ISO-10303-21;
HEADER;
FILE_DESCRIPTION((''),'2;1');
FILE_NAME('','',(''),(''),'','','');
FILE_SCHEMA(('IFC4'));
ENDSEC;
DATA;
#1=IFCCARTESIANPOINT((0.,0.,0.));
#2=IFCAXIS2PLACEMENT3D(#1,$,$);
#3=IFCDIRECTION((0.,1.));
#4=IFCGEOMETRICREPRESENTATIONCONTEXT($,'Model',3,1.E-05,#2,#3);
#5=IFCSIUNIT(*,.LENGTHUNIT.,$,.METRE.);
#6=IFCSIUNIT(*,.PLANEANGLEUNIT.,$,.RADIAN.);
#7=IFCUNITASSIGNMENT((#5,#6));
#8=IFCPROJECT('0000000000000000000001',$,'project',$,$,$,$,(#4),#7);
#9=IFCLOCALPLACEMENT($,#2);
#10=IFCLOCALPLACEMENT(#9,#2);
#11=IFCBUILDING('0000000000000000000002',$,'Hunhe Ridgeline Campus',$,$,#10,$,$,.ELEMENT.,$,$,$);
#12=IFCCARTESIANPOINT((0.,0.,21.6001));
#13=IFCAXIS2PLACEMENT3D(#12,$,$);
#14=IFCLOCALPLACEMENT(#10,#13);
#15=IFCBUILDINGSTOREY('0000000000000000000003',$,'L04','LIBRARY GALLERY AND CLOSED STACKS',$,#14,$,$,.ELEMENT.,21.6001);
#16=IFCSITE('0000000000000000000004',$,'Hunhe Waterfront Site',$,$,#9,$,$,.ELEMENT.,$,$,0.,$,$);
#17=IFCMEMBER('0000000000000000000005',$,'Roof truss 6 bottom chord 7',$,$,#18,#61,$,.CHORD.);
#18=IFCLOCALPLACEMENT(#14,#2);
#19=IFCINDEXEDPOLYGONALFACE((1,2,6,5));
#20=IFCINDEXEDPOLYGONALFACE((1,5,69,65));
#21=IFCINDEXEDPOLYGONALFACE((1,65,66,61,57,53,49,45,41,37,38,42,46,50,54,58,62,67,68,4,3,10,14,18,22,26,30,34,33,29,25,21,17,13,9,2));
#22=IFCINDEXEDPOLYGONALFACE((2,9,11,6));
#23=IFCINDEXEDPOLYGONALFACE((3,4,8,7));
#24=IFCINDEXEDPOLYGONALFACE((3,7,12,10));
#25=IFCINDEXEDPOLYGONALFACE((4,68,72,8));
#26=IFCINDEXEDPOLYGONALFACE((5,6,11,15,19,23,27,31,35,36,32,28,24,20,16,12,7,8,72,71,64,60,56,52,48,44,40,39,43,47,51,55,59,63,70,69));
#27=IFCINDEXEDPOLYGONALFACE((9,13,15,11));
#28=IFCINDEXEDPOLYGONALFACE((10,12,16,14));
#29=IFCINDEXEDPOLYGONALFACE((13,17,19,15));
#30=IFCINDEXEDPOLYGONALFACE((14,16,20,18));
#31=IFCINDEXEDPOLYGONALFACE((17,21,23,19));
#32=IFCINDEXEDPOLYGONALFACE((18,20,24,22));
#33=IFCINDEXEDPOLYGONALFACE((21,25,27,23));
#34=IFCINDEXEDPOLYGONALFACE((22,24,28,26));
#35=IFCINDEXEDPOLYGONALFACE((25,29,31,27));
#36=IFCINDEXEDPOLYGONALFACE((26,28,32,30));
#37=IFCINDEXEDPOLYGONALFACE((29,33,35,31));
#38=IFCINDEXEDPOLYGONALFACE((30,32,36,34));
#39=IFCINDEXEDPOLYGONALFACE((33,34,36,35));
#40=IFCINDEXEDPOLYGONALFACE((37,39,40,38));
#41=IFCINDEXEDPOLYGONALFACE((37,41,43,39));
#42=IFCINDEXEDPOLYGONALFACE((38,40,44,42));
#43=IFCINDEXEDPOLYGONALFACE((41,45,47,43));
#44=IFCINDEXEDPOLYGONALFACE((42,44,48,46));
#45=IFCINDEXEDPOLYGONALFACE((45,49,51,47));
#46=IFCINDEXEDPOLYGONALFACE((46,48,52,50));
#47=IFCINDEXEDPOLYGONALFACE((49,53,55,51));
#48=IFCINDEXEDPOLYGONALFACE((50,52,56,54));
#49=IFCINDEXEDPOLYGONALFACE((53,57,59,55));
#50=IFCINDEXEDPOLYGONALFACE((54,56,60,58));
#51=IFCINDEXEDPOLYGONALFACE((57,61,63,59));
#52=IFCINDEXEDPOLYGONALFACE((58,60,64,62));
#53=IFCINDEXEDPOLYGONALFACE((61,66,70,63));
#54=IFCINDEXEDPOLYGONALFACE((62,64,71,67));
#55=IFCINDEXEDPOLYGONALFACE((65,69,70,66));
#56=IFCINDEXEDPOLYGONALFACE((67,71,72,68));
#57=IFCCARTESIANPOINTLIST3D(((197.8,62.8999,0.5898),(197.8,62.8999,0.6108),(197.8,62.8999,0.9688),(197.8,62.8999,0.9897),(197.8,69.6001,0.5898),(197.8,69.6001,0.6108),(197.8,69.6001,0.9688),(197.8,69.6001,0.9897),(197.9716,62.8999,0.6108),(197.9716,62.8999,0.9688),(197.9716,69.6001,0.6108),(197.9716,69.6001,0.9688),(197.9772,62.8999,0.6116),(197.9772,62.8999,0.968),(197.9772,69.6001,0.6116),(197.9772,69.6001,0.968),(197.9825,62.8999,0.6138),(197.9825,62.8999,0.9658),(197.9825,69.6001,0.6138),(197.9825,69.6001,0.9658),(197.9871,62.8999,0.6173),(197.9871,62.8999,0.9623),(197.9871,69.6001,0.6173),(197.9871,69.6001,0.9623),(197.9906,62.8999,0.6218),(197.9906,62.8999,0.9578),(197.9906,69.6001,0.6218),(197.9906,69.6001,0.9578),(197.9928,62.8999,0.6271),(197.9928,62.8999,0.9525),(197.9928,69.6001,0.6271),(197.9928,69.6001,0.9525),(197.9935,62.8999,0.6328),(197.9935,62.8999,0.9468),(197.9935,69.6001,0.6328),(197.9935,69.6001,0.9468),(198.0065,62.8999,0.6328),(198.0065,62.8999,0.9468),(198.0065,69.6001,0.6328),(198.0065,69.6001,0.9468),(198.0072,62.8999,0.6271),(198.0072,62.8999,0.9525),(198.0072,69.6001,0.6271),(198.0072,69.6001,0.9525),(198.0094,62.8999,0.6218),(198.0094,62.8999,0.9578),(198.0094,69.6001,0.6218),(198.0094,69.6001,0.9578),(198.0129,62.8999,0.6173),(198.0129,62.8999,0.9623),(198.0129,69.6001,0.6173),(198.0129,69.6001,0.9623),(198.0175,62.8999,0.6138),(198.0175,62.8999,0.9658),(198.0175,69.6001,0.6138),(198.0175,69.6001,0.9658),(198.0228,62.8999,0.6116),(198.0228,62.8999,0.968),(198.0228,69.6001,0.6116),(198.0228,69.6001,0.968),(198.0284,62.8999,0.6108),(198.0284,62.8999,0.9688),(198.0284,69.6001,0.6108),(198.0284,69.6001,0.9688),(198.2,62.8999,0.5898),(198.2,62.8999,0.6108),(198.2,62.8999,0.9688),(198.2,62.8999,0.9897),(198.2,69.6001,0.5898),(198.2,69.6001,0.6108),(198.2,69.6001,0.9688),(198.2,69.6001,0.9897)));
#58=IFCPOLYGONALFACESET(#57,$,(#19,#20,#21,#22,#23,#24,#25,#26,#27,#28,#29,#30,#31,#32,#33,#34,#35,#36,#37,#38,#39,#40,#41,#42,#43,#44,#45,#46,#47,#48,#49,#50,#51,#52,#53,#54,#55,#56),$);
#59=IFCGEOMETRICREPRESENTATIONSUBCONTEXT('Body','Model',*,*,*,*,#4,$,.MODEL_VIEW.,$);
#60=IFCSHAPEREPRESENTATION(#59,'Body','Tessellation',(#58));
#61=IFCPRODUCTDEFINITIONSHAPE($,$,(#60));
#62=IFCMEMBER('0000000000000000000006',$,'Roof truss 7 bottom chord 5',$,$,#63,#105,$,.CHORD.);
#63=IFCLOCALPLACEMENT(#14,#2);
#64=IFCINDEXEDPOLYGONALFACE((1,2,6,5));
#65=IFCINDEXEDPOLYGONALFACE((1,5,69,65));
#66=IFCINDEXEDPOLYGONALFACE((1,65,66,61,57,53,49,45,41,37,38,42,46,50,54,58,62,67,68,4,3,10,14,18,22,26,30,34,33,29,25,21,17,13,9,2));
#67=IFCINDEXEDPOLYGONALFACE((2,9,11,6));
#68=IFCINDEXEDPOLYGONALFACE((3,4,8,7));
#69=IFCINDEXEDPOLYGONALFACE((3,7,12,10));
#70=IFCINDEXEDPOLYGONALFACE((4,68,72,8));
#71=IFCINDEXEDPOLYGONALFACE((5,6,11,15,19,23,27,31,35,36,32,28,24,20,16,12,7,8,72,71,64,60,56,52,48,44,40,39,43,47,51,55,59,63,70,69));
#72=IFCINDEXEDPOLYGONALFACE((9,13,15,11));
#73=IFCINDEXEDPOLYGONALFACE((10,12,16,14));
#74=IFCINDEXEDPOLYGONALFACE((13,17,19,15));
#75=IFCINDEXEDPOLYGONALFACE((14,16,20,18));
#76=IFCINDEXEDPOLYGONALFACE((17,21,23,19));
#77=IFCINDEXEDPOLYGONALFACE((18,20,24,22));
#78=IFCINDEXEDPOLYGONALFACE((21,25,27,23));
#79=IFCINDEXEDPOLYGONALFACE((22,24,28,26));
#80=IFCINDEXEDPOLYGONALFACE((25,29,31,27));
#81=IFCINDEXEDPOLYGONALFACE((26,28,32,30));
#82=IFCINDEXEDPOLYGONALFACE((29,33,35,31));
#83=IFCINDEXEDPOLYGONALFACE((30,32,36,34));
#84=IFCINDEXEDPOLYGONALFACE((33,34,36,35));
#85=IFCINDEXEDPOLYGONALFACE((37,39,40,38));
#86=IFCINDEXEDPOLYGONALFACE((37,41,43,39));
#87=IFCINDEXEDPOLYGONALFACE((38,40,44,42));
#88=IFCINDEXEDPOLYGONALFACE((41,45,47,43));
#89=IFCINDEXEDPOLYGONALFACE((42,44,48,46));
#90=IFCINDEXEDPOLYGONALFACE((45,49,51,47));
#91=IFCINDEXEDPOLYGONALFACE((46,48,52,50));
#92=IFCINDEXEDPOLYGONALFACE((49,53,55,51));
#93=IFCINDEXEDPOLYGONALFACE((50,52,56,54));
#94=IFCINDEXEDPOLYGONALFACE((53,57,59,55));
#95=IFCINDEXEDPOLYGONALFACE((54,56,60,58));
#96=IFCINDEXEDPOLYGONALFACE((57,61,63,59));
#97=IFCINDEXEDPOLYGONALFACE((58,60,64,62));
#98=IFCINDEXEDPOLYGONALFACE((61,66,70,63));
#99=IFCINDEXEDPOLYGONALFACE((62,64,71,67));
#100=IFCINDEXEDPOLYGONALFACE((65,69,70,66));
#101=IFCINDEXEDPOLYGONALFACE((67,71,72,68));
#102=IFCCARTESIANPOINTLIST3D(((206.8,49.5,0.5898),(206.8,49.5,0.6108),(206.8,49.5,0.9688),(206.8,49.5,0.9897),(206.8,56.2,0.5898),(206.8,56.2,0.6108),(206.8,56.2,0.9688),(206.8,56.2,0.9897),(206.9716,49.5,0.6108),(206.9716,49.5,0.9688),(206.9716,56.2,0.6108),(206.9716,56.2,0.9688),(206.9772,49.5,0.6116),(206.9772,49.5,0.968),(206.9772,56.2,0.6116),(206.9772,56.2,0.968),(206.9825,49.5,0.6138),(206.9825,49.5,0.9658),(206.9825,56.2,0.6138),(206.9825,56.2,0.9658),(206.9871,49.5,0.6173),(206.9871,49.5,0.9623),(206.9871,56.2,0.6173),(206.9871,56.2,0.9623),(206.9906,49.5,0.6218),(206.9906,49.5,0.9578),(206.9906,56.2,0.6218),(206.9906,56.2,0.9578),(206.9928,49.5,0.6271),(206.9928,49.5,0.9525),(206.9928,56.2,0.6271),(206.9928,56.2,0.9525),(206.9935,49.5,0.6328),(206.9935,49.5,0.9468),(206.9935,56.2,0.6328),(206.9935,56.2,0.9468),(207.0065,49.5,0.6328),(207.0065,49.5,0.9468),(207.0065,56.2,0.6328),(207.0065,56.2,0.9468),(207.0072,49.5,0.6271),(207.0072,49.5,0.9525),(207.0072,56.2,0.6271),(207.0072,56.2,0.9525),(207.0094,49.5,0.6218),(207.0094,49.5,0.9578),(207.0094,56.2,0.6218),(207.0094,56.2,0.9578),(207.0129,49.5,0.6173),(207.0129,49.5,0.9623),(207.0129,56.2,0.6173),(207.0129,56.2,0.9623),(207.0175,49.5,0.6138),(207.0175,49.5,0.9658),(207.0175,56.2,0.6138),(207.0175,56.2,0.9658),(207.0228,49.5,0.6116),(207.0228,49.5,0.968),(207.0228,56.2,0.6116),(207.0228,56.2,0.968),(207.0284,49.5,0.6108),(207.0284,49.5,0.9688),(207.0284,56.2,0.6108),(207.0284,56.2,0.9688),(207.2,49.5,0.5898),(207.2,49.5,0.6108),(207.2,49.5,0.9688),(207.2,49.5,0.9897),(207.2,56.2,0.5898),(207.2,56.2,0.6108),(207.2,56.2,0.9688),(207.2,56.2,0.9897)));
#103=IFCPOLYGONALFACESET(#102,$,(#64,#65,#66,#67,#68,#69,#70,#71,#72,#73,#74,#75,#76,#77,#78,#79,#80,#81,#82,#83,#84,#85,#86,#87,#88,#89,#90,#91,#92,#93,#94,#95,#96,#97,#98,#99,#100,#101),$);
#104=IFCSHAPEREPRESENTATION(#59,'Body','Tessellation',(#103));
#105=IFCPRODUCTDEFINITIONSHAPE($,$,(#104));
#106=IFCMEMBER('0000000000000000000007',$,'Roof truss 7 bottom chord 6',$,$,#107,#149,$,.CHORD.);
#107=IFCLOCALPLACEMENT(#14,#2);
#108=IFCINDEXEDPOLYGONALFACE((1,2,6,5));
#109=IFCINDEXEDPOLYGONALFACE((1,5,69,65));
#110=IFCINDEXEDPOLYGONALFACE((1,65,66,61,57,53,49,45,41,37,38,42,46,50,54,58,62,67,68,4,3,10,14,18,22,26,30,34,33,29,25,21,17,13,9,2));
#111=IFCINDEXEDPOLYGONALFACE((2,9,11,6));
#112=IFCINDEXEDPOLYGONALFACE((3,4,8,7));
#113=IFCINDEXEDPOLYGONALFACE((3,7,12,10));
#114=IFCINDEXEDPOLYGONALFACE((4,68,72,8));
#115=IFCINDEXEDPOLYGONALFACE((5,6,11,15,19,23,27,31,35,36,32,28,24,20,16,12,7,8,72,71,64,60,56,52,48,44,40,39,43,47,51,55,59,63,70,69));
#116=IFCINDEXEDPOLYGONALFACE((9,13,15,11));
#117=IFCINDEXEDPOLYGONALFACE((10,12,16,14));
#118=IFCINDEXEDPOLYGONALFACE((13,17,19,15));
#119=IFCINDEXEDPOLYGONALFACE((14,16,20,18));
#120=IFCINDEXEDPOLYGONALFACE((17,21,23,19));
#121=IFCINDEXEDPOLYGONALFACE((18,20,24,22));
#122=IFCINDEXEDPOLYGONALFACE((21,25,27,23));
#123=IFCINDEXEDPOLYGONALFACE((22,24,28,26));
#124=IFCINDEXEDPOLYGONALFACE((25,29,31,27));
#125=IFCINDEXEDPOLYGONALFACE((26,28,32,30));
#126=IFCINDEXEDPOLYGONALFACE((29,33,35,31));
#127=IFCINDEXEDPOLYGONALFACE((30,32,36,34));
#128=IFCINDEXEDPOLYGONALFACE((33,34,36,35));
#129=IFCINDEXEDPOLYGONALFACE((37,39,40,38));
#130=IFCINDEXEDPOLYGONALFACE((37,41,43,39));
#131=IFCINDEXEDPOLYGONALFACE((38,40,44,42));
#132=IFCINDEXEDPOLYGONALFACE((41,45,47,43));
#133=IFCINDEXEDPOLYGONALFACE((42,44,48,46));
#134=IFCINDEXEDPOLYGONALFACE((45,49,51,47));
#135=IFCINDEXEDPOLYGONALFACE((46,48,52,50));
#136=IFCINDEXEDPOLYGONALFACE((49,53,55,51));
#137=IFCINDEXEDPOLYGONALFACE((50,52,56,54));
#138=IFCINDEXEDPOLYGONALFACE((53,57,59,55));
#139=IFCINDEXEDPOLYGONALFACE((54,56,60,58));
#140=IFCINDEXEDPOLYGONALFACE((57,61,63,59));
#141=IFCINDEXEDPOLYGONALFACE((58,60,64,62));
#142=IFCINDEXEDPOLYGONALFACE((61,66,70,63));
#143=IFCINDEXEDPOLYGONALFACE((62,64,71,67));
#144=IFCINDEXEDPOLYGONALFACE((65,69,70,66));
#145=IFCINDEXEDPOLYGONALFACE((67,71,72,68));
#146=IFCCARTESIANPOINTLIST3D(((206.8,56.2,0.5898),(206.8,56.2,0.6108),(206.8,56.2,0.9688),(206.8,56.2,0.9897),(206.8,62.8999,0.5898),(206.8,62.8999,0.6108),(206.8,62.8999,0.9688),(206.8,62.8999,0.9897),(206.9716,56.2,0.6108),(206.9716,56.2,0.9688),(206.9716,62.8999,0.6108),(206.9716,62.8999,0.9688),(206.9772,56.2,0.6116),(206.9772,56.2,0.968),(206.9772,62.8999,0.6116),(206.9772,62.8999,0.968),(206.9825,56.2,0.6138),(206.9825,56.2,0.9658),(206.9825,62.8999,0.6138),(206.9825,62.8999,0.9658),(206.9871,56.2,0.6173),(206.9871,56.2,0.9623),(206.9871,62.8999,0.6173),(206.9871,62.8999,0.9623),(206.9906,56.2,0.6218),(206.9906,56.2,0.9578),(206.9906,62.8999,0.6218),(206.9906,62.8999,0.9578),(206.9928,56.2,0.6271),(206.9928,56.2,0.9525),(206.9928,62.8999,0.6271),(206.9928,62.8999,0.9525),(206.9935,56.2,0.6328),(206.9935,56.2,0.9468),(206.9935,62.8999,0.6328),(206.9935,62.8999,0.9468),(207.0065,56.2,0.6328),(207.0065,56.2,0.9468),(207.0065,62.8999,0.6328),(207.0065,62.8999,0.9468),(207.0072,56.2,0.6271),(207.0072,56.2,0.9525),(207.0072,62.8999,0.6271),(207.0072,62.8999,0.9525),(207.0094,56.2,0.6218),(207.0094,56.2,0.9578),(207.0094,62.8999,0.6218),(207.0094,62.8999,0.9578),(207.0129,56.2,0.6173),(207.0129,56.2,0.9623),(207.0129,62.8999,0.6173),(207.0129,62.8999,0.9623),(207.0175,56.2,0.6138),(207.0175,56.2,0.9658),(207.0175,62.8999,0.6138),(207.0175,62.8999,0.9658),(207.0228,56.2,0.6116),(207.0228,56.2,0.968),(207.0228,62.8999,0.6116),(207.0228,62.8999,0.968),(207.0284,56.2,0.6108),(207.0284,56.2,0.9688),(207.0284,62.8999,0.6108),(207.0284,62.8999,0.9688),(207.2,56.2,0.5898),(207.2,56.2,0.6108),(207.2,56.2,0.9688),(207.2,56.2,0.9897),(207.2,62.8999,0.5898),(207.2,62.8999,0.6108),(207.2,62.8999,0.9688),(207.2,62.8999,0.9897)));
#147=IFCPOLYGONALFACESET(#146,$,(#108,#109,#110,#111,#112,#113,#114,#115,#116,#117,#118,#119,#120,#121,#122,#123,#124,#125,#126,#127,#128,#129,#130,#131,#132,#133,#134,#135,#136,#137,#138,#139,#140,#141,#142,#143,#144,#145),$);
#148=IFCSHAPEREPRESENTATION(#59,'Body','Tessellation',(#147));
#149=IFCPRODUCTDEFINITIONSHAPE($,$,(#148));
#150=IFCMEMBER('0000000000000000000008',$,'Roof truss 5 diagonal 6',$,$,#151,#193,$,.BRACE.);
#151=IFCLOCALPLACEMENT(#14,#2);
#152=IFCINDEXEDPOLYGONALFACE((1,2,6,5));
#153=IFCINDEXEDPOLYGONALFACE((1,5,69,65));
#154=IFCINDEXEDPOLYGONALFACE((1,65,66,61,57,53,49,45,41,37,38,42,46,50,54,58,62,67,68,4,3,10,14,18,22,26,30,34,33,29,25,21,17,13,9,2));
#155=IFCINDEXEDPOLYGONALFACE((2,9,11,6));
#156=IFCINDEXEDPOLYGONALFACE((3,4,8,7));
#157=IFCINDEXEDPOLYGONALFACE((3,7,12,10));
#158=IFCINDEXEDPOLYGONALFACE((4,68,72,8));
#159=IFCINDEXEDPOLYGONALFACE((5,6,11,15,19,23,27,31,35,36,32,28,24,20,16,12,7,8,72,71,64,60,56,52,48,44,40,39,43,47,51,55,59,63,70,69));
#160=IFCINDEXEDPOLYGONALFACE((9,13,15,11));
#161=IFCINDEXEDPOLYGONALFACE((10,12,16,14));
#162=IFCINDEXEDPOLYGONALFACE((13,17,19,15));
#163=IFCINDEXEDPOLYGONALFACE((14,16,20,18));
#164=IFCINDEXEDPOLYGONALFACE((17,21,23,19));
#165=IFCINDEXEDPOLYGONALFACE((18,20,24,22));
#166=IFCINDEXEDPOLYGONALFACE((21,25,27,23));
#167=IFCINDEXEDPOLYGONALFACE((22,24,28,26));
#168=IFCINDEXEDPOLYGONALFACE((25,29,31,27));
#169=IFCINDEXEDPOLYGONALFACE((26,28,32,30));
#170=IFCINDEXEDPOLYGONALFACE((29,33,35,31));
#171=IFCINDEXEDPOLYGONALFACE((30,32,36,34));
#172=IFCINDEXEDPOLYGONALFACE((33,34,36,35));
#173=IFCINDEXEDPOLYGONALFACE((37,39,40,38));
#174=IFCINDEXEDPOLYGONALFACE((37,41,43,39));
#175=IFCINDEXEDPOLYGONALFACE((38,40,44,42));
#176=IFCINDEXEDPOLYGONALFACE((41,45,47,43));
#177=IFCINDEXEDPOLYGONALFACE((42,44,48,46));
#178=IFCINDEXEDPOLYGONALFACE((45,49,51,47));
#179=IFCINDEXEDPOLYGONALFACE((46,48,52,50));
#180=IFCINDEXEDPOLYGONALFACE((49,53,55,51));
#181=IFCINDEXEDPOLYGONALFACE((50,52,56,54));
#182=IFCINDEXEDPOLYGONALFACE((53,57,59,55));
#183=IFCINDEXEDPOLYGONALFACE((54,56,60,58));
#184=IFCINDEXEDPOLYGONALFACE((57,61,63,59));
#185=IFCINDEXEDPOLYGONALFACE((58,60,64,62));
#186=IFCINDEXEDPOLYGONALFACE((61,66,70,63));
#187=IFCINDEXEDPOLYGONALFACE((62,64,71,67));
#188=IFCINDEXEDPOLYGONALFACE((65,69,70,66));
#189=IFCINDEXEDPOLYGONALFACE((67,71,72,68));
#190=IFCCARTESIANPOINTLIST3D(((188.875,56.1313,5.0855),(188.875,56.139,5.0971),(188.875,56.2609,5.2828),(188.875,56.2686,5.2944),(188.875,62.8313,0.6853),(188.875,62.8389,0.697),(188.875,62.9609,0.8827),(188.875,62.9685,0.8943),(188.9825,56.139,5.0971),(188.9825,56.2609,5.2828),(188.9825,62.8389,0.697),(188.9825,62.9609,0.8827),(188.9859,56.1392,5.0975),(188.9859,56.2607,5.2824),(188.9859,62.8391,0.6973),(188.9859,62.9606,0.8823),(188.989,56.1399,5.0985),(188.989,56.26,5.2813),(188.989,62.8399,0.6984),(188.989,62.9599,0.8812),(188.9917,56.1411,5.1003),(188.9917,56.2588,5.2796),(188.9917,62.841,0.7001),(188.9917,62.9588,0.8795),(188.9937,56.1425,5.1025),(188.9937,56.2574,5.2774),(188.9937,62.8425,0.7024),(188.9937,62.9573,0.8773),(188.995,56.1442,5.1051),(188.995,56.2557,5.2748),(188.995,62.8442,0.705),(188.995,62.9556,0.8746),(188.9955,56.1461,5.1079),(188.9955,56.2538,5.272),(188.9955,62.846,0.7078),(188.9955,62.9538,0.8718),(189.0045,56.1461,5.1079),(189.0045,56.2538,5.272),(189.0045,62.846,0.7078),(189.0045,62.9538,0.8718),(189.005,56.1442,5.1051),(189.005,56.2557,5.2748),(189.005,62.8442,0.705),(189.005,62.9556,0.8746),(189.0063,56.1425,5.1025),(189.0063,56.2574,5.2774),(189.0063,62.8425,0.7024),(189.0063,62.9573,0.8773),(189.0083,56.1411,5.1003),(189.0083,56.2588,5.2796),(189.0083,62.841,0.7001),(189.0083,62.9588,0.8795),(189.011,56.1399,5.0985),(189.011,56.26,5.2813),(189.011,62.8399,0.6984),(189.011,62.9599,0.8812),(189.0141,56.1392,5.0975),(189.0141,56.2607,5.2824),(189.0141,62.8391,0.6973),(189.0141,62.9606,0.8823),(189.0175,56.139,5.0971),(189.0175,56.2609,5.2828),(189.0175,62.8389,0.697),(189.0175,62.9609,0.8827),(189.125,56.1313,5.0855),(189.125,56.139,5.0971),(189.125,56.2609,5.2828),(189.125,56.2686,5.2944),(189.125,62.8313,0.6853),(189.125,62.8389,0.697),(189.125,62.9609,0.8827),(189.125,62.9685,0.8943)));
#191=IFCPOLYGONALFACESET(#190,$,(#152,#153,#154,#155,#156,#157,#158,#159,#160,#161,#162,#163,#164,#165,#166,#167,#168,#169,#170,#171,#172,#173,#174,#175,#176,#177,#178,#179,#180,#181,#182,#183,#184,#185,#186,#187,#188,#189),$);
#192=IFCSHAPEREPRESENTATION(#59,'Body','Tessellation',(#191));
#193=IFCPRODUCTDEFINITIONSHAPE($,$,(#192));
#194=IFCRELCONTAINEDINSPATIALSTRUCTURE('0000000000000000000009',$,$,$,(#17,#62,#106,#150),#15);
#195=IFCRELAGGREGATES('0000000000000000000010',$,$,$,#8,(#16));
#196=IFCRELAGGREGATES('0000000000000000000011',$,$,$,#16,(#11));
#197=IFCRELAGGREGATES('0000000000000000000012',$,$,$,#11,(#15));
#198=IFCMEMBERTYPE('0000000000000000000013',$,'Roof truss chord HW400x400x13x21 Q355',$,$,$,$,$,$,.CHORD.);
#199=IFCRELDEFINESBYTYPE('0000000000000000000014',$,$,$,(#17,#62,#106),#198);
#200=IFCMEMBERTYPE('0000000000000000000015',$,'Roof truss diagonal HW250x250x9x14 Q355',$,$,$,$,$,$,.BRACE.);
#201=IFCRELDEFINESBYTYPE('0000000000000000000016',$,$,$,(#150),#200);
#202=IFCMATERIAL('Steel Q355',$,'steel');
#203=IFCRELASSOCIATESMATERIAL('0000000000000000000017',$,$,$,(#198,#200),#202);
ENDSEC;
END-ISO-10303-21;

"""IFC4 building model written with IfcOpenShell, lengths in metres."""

from ifc_helpers import new_model, si_unit, direction, frame, origin, origin_2d, place, context, subcontext, project, spatial, i_section, extrude, material, material_profile, profile_set, type_object, element, save


model = new_model("IFC4")

# Units and contexts
model_context = context("Model", 3, precision=1e-05, world=origin(), true_north=direction((0.0, 1.0)))
body_context = subcontext(model_context, "Body", "Model", "MODEL_VIEW")
ifc_project = project(units=[si_unit("LENGTHUNIT", "METRE"), si_unit("PLANEANGLEUNIT", "RADIAN")], contexts=[model_context])

# Site, building, storey
site_placement = place(None, origin())
site = spatial("IfcSite", under=ifc_project, at=site_placement, Name="Hunhe Waterfront Site", CompositionType="ELEMENT", RefElevation=0.0)
building_placement = place(site_placement, origin())
building = spatial("IfcBuilding", under=site, at=building_placement, Name="Hunhe Ridgeline Campus", CompositionType="ELEMENT")
storey_placement = place(building_placement, frame((0.0, 0.0, 21.6001)))
storey = spatial("IfcBuildingStorey", under=building, at=storey_placement, Name="L04", Description="LIBRARY GALLERY AND CLOSED STACKS", CompositionType="ELEMENT", Elevation=21.6001)

# Members
ifc_material_1 = material(Name="Steel Q355", Category="steel")
ifc_material_profile_1 = material_profile(ifc_material_1, i_section(OverallWidth=0.3999, OverallDepth=0.3999, WebThickness=0.0129, FlangeThickness=0.021, FilletRadius=0.022, at=origin_2d()))
ifc_profile_set_1 = profile_set([ifc_material_profile_1], Name="Steel Q355")
member_type_1 = type_object("IfcMemberType", Name="Roof truss chord HW400x400x13x21 Q355", PredefinedType="CHORD", material=ifc_profile_set_1)
member_1_placement = place(storey_placement, frame((198.0, 62.8999, 0.7898), z_axis=(0.0, 1.0, 0.0), x_axis=(-1.0, 0.0, 0.0)))
element("IfcMember", 1, at=member_1_placement, inside=storey, type_object=member_type_1, Name="Roof truss 6 bottom chord 7", PredefinedType="CHORD", context=body_context, shape_type="SweptSolid", body=[
    extrude(i_section(OverallWidth=0.3999, OverallDepth=0.3999, WebThickness=0.0129, FlangeThickness=0.021, FilletRadius=0.022, at=origin_2d()), origin(), (0.0, 0.0, 1.0), 6.7002),
])
for number, where, z_axis, x_axis, name in (
    (2, (207.0, 49.5, 0.7898), (0.0, 1.0, 0.0), (-1.0, 0.0, 0.0), "Roof truss 7 bottom chord 5"),
    (3, (207.0, 56.2, 0.7898), (0.0, 1.0, 0.0), (-1.0, 0.0, 0.0), "Roof truss 7 bottom chord 6"),
):
    element("IfcMember", number, at=place(storey_placement, frame(where, z_axis=z_axis, x_axis=x_axis)), inside=storey, type_object=member_type_1, Name=name, PredefinedType="CHORD", context=body_context, shape_type="SweptSolid", body=[
        extrude(i_section(OverallWidth=0.3999, OverallDepth=0.3999, WebThickness=0.0129, FlangeThickness=0.021, FilletRadius=0.022, at=origin_2d()), origin(), (0.0, 0.0, 1.0), 6.7),
    ])
ifc_material_profile_2 = material_profile(ifc_material_1, i_section(OverallWidth=0.25, OverallDepth=0.25, WebThickness=0.009, FlangeThickness=0.0139, FilletRadius=0.0129, at=origin_2d()))
ifc_profile_set_2 = profile_set([ifc_material_profile_2], Name="Steel Q355")
member_type_2 = type_object("IfcMemberType", Name="Roof truss diagonal HW250x250x9x14 Q355", PredefinedType="BRACE", material=ifc_profile_set_2)
member_2_placement = place(storey_placement, frame((189.0, 56.2, 5.1899), z_axis=(0.0, 0.835859, -0.548944), x_axis=(-1.0, 0.0, 0.0)))
element("IfcMember", 4, at=member_2_placement, inside=storey, type_object=member_type_2, Name="Roof truss 5 diagonal 6", PredefinedType="BRACE", context=body_context, shape_type="SweptSolid", body=[
    extrude(i_section(OverallWidth=0.25, OverallDepth=0.25, WebThickness=0.009, FlangeThickness=0.0139, FilletRadius=0.0129, at=origin_2d()), origin(), (0.0, 0.0, 1.0), 8.0156),
])

save(model, "model.ifc")
